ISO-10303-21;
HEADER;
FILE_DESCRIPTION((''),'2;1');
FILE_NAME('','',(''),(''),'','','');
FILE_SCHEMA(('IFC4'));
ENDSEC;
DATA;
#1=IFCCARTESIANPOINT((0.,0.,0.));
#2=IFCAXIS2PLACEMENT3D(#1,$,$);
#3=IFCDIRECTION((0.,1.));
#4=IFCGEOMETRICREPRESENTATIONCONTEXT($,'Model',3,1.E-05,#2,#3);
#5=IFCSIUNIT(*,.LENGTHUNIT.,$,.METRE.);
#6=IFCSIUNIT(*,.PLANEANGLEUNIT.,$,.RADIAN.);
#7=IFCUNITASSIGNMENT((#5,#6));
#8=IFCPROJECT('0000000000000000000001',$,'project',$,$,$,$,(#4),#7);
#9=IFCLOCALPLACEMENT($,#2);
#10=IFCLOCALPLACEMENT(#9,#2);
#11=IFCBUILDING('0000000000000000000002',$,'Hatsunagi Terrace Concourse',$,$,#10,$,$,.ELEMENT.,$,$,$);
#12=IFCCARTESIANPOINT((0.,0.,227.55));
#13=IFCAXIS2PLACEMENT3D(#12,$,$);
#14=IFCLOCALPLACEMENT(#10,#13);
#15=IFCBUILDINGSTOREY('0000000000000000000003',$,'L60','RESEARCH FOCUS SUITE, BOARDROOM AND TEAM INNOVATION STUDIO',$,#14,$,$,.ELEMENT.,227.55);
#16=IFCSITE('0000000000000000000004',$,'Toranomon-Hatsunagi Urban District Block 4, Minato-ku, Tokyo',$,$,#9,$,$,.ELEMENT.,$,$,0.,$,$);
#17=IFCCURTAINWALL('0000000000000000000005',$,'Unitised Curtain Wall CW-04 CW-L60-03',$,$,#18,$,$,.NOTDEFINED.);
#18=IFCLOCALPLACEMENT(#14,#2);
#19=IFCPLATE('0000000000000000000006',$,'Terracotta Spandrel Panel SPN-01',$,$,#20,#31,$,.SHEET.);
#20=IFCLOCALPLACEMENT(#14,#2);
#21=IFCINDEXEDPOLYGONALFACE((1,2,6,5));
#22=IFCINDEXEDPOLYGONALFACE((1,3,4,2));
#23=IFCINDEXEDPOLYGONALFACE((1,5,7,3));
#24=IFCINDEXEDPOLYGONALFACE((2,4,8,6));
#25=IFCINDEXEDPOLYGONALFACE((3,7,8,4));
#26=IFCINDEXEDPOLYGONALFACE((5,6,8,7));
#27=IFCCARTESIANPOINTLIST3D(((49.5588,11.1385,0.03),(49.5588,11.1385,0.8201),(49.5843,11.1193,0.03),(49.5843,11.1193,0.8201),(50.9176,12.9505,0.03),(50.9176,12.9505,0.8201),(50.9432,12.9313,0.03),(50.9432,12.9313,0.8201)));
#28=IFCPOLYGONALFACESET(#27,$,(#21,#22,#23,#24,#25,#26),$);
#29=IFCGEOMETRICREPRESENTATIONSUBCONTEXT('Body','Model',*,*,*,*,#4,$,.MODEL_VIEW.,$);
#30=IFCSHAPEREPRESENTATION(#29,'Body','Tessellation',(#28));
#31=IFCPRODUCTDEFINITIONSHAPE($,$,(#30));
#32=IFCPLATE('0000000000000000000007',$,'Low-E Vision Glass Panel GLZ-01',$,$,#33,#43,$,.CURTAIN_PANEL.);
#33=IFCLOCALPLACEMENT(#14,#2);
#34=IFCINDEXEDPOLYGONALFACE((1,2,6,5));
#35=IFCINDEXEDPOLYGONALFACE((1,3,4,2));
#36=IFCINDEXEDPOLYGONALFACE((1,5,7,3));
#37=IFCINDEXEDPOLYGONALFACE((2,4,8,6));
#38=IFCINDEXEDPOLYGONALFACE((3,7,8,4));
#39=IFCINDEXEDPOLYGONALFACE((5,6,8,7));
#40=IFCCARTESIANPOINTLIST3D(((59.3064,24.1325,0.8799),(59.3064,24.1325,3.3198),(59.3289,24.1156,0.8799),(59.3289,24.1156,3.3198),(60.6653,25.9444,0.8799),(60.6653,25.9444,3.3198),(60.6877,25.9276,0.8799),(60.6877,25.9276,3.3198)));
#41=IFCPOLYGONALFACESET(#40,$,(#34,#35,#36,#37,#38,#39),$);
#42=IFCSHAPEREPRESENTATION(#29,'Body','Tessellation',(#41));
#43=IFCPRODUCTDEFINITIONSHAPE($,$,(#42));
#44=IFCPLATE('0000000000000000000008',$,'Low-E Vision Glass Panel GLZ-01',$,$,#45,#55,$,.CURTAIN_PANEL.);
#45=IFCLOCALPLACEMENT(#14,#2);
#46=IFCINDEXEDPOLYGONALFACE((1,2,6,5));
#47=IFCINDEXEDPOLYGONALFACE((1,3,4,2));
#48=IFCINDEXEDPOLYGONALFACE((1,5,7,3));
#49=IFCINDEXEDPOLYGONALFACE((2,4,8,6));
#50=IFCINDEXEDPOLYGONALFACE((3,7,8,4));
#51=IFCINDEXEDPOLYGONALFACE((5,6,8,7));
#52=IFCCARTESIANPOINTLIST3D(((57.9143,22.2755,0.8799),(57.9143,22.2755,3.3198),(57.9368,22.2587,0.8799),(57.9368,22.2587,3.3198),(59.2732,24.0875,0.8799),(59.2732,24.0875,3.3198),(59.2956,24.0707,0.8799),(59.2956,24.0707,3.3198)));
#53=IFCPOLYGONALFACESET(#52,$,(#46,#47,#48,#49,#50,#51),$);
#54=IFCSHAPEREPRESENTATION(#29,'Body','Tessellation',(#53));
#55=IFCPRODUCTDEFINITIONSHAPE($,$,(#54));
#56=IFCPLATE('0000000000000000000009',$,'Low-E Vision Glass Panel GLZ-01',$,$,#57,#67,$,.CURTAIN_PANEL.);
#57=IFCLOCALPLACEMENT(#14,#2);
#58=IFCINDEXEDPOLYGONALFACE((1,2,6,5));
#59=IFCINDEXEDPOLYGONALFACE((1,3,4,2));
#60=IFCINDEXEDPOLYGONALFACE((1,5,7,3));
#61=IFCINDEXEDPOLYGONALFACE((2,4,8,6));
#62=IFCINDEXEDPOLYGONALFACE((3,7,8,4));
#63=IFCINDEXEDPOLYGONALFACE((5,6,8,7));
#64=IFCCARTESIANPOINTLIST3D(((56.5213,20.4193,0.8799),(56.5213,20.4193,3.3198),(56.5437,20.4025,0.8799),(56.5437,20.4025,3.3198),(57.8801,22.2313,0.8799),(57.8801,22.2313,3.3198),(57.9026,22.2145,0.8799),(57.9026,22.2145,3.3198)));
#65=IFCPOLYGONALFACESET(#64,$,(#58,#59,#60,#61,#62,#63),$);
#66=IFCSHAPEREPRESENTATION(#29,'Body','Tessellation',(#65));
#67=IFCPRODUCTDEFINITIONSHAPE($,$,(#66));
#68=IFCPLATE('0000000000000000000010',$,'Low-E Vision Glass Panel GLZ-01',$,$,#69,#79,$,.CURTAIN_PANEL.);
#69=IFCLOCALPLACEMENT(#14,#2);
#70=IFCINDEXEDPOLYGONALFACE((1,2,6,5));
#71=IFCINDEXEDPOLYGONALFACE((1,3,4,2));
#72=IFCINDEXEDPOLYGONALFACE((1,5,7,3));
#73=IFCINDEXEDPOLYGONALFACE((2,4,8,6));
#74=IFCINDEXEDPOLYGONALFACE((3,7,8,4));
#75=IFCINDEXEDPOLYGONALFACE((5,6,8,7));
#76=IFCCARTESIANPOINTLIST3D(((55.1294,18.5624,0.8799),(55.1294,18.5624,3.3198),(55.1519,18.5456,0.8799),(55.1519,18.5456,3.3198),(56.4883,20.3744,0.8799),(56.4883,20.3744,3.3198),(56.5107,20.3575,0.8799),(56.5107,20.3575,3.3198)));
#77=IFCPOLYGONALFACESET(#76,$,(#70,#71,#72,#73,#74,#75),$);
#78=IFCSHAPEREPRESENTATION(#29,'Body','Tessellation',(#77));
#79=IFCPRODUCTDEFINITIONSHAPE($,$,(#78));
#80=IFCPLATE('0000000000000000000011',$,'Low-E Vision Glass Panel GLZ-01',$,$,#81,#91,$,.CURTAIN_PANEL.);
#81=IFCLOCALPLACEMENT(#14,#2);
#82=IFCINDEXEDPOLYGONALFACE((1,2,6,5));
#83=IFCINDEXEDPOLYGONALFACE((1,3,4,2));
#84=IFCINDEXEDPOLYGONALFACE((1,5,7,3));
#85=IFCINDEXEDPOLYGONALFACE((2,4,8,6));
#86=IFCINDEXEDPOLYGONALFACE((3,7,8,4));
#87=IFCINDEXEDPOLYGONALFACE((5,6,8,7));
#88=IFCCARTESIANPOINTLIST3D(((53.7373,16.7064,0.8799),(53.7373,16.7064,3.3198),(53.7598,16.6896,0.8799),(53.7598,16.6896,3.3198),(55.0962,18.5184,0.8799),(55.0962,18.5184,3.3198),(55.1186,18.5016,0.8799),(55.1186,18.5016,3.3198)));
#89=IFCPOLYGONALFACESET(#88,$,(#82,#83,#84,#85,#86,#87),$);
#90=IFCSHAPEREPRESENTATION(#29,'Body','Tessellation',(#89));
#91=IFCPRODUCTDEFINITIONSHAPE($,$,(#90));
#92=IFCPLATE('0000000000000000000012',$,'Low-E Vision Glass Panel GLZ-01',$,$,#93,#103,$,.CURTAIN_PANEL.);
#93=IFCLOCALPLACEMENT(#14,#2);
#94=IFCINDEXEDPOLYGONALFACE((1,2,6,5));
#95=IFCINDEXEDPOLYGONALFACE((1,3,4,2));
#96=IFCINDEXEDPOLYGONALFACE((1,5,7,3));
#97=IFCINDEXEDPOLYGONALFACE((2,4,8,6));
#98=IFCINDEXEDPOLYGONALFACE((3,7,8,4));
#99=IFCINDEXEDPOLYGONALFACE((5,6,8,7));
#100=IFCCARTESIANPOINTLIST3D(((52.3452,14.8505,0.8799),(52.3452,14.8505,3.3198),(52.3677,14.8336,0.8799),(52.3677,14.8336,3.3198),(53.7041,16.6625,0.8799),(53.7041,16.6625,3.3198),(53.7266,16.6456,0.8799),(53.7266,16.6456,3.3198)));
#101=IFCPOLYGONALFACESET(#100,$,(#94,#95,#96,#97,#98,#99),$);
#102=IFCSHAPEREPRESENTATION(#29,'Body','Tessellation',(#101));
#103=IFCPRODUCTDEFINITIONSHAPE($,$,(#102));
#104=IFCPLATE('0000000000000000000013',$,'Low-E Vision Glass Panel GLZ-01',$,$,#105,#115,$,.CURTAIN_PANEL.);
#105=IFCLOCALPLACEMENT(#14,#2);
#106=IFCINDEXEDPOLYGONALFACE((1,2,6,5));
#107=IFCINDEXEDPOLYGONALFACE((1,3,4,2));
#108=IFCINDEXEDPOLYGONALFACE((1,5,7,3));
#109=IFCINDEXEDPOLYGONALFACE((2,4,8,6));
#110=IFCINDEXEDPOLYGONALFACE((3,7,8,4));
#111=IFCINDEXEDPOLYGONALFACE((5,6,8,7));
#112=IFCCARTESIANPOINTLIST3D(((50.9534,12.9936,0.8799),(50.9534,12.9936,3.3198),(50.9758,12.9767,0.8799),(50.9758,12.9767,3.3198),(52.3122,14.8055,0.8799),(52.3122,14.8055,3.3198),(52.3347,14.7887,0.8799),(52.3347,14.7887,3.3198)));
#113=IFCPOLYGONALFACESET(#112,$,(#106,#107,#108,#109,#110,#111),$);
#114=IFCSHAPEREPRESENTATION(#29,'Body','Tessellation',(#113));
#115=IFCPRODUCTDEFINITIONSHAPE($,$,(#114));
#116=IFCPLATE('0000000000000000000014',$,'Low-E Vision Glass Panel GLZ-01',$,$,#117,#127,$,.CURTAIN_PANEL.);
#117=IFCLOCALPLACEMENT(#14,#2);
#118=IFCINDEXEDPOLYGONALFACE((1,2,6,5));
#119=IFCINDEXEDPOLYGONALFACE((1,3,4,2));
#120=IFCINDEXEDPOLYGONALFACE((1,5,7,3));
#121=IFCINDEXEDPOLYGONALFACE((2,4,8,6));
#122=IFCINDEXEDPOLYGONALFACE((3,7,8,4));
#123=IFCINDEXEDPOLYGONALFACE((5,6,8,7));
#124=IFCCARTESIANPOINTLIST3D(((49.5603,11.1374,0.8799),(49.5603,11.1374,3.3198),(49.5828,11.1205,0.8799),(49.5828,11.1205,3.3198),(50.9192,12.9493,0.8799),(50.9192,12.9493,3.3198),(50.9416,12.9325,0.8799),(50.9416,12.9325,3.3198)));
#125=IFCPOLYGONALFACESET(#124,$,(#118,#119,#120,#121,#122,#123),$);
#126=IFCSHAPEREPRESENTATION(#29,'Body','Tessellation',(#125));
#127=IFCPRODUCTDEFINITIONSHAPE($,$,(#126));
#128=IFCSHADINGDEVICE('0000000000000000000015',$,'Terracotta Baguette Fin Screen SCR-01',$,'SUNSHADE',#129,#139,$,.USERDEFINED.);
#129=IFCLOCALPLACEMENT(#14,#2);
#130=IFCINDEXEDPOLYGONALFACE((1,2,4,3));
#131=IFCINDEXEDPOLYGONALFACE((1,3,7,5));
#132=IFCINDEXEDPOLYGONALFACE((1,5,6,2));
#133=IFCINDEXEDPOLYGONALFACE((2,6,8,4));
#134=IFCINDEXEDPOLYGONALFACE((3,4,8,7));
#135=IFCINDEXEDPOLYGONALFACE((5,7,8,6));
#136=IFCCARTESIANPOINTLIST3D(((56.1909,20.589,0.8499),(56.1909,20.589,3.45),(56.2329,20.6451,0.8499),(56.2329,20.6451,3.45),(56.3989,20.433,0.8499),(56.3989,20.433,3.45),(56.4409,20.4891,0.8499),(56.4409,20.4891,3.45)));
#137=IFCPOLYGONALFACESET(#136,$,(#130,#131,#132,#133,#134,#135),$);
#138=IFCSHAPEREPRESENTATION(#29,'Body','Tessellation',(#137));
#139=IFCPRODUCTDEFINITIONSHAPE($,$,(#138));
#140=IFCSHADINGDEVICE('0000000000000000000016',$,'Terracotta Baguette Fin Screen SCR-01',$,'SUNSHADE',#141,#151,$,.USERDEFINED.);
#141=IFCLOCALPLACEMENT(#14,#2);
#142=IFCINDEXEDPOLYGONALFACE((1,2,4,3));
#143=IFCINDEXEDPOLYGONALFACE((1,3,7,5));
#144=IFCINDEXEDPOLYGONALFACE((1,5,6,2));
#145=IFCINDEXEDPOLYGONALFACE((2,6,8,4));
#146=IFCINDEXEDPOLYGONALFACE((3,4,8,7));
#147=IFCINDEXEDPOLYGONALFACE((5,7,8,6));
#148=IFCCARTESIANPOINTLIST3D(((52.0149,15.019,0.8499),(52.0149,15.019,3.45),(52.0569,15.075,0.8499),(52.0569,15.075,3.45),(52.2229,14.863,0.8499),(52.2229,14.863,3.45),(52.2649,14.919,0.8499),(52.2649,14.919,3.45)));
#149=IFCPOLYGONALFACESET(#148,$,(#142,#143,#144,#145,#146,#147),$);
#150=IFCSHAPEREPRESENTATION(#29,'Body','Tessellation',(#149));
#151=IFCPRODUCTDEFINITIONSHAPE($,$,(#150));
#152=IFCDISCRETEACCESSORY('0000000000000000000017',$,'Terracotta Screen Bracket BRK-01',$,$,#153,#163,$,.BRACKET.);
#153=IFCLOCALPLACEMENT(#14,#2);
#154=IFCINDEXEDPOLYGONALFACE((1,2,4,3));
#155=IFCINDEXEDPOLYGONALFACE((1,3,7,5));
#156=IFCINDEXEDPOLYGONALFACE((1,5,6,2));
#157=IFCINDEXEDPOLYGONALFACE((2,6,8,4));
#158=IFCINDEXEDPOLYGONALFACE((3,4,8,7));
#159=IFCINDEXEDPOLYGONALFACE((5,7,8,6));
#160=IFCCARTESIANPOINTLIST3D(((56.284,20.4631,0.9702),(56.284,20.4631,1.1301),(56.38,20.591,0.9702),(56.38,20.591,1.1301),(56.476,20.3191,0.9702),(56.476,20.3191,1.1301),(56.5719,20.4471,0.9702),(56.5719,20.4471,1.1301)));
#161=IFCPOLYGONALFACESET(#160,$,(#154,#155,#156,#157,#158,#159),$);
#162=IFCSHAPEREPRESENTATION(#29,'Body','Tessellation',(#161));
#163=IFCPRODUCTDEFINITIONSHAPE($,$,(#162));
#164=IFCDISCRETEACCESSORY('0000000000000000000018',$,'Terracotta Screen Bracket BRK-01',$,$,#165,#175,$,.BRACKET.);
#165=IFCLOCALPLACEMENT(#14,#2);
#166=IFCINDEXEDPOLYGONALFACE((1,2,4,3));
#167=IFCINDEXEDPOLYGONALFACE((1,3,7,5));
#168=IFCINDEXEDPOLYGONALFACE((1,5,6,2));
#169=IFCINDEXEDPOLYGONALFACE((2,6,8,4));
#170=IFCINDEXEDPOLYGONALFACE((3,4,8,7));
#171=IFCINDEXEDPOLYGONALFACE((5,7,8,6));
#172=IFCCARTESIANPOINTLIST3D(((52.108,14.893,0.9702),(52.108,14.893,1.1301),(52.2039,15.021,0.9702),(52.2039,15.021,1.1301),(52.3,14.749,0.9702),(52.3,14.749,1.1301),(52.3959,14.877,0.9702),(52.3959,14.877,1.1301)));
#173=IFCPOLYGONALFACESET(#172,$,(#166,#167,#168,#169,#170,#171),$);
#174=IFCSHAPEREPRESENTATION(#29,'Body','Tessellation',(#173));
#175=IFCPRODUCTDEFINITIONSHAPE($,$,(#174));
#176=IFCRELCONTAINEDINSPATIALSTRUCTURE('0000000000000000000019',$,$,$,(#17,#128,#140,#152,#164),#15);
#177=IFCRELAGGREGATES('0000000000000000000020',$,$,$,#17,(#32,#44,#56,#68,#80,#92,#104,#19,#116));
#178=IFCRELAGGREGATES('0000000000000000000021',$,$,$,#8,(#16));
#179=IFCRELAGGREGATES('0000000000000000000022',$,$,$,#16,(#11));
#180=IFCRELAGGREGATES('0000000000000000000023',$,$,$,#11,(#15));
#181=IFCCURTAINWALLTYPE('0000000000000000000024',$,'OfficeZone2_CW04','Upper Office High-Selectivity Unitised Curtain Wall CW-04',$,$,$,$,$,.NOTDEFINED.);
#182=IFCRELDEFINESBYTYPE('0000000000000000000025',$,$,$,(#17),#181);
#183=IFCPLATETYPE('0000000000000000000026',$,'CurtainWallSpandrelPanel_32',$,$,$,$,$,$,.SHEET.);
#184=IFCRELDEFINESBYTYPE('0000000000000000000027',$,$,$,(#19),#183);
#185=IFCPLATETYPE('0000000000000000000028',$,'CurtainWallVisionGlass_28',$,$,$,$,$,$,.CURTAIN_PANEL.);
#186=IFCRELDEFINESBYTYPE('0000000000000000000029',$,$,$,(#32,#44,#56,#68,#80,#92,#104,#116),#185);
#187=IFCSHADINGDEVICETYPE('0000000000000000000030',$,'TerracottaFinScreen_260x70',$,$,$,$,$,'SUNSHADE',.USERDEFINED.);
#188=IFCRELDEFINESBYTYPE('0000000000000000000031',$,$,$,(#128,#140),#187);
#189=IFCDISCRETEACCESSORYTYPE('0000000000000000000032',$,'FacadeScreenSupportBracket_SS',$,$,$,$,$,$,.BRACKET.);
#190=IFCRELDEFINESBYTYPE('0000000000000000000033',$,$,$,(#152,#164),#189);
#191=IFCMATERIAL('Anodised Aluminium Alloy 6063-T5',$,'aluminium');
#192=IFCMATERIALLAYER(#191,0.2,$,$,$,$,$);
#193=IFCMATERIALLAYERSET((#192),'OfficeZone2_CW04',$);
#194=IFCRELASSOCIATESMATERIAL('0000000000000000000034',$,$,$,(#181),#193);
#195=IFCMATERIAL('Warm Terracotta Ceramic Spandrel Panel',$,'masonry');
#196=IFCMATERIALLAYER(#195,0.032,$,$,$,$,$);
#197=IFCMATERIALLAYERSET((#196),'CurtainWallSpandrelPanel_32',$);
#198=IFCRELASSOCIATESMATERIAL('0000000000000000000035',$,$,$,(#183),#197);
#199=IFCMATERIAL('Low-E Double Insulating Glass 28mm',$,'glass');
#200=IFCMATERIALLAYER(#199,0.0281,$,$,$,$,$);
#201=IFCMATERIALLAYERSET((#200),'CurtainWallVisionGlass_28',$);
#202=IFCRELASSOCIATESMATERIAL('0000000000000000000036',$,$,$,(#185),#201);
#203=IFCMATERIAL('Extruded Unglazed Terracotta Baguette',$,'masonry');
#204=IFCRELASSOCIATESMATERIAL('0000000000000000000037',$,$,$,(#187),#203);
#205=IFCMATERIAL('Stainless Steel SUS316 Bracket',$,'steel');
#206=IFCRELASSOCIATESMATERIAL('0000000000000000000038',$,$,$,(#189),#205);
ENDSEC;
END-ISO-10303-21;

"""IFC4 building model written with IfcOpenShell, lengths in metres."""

from ifc_helpers import new_model, si_unit, direction, frame, origin, origin_2d, place, context, subcontext, project, spatial, rectangle, extrude, material, layer, layer_set, type_object, element, aggregate, save


model = new_model("IFC4")

# Units and contexts
model_context = context("Model", 3, precision=1e-05, world=origin(), true_north=direction((0.0, 1.0)))
body_context = subcontext(model_context, "Body", "Model", "MODEL_VIEW")
ifc_project = project(units=[si_unit("LENGTHUNIT", "METRE"), si_unit("PLANEANGLEUNIT", "RADIAN")], contexts=[model_context])

# Site, building, storey
site_placement = place(None, origin())
site = spatial("IfcSite", under=ifc_project, at=site_placement, Name="Toranomon-Hatsunagi Urban District Block 4, Minato-ku, Tokyo", CompositionType="ELEMENT", RefElevation=0.0)
building_placement = place(site_placement, origin())
building = spatial("IfcBuilding", under=site, at=building_placement, Name="Hatsunagi Terrace Concourse", CompositionType="ELEMENT")
storey_placement = place(building_placement, frame((0.0, 0.0, 227.55)))
storey = spatial("IfcBuildingStorey", under=building, at=storey_placement, Name="L60", Description="RESEARCH FOCUS SUITE, BOARDROOM AND TEAM INNOVATION STUDIO", CompositionType="ELEMENT", Elevation=227.55)

# Curtain wall
ifc_material_1 = material(Name="Anodised Aluminium Alloy 6063-T5", Category="aluminium")
ifc_layer_1 = layer(ifc_material_1, 0.2)
ifc_layer_set_1 = layer_set([ifc_layer_1], Name="OfficeZone2_CW04")
curtain_wall_type = type_object("IfcCurtainWallType", Name="OfficeZone2_CW04", Description="Upper Office High-Selectivity Unitised Curtain Wall CW-04", PredefinedType="NOTDEFINED", material=ifc_layer_set_1)
curtain_wall_placement = place(storey_placement, origin())
curtain_wall = element("IfcCurtainWall", 1, at=curtain_wall_placement, inside=storey, type_object=curtain_wall_type, Name="Unitised Curtain Wall CW-04 CW-L60-03", PredefinedType="NOTDEFINED")

# Plates
ifc_material_2 = material(Name="Warm Terracotta Ceramic Spandrel Panel", Category="masonry")
ifc_layer_2 = layer(ifc_material_2, 0.032)
ifc_layer_set_2 = layer_set([ifc_layer_2], Name="CurtainWallSpandrelPanel_32")
plate_type_1 = type_object("IfcPlateType", Name="CurtainWallSpandrelPanel_32", PredefinedType="SHEET", material=ifc_layer_set_2)
plate_1_placement = place(storey_placement, frame((50.251, 12.0349, 0.03), z_axis=(0.0, 0.0, 1.0), x_axis=(-0.599969, -0.800023, 0.0)))
plate_1 = element("IfcPlate", 2, at=plate_1_placement, type_object=plate_type_1, Name="Terracotta Spandrel Panel SPN-01", PredefinedType="SHEET", context=body_context, shape_type="SweptSolid", body=[
    extrude(rectangle(XDim=2.2649, YDim=0.032, at=origin_2d()), origin(), (0.0, 0.0, 1.0), 0.79),
])
ifc_material_3 = material(Name="Low-E Double Insulating Glass 28mm", Category="glass")
ifc_layer_3 = layer(ifc_material_3, 0.0281)
ifc_layer_set_3 = layer_set([ifc_layer_3], Name="CurtainWallVisionGlass_28")
plate_type_2 = type_object("IfcPlateType", Name="CurtainWallVisionGlass_28", PredefinedType="CURTAIN_PANEL", material=ifc_layer_set_3)
plate_2_placement = place(storey_placement, frame((59.9971, 25.03, 0.8799), z_axis=(0.0, 0.0, 1.0), x_axis=(-0.599969, -0.800023, 0.0)))
plate_2 = element("IfcPlate", 3, at=plate_2_placement, type_object=plate_type_2, Name="Low-E Vision Glass Panel GLZ-01", PredefinedType="CURTAIN_PANEL", context=body_context, shape_type="SweptSolid", body=[
    extrude(rectangle(XDim=2.2649, YDim=0.0281, at=origin_2d()), origin(), (0.0, 0.0, 1.0), 2.4399),
])
plate_3_placement = place(storey_placement, frame((58.605, 23.1731, 0.8799), z_axis=(0.0, 0.0, 1.0), x_axis=(-0.599969, -0.800023, 0.0)))
plate_3 = element("IfcPlate", 4, at=plate_3_placement, type_object=plate_type_2, Name="Low-E Vision Glass Panel GLZ-01", PredefinedType="CURTAIN_PANEL", context=body_context, shape_type="SweptSolid", body=[
    extrude(rectangle(XDim=2.2649, YDim=0.0281, at=origin_2d()), origin(), (0.0, 0.0, 1.0), 2.4399),
])
plate_4_placement = place(storey_placement, frame((57.2119, 21.3169, 0.8799), z_axis=(0.0, 0.0, 1.0), x_axis=(-0.599969, -0.800023, 0.0)))
plate_4 = element("IfcPlate", 5, at=plate_4_placement, type_object=plate_type_2, Name="Low-E Vision Glass Panel GLZ-01", PredefinedType="CURTAIN_PANEL", context=body_context, shape_type="SweptSolid", body=[
    extrude(rectangle(XDim=2.2649, YDim=0.0281, at=origin_2d()), origin(), (0.0, 0.0, 1.0), 2.4399),
])
plate_5_placement = place(storey_placement, frame((55.8201, 19.46, 0.8799), z_axis=(0.0, 0.0, 1.0), x_axis=(-0.599969, -0.800023, 0.0)))
plate_5 = element("IfcPlate", 6, at=plate_5_placement, type_object=plate_type_2, Name="Low-E Vision Glass Panel GLZ-01", PredefinedType="CURTAIN_PANEL", context=body_context, shape_type="SweptSolid", body=[
    extrude(rectangle(XDim=2.2649, YDim=0.0281, at=origin_2d()), origin(), (0.0, 0.0, 1.0), 2.4399),
])
plate_6_placement = place(storey_placement, frame((54.428, 17.604, 0.8799), z_axis=(0.0, 0.0, 1.0), x_axis=(-0.599969, -0.800023, 0.0)))
plate_6 = element("IfcPlate", 7, at=plate_6_placement, type_object=plate_type_2, Name="Low-E Vision Glass Panel GLZ-01", PredefinedType="CURTAIN_PANEL", context=body_context, shape_type="SweptSolid", body=[
    extrude(rectangle(XDim=2.2649, YDim=0.0281, at=origin_2d()), origin(), (0.0, 0.0, 1.0), 2.4399),
])
plate_7_placement = place(storey_placement, frame((53.0359, 15.748, 0.8799), z_axis=(0.0, 0.0, 1.0), x_axis=(-0.599969, -0.800023, 0.0)))
plate_7 = element("IfcPlate", 8, at=plate_7_placement, type_object=plate_type_2, Name="Low-E Vision Glass Panel GLZ-01", PredefinedType="CURTAIN_PANEL", context=body_context, shape_type="SweptSolid", body=[
    extrude(rectangle(XDim=2.2649, YDim=0.0281, at=origin_2d()), origin(), (0.0, 0.0, 1.0), 2.4399),
])
plate_8_placement = place(storey_placement, frame((51.644, 13.8911, 0.8799), z_axis=(0.0, 0.0, 1.0), x_axis=(-0.599969, -0.800023, 0.0)))
plate_8 = element("IfcPlate", 9, at=plate_8_placement, type_object=plate_type_2, Name="Low-E Vision Glass Panel GLZ-01", PredefinedType="CURTAIN_PANEL", context=body_context, shape_type="SweptSolid", body=[
    extrude(rectangle(XDim=2.2649, YDim=0.0281, at=origin_2d()), origin(), (0.0, 0.0, 1.0), 2.4399),
])
plate_9_placement = place(storey_placement, frame((50.251, 12.0349, 0.8799), z_axis=(0.0, 0.0, 1.0), x_axis=(-0.599969, -0.800023, 0.0)))
plate_9 = element("IfcPlate", 10, at=plate_9_placement, type_object=plate_type_2, Name="Low-E Vision Glass Panel GLZ-01", PredefinedType="CURTAIN_PANEL", context=body_context, shape_type="SweptSolid", body=[
    extrude(rectangle(XDim=2.2649, YDim=0.0281, at=origin_2d()), origin(), (0.0, 0.0, 1.0), 2.4399),
])
aggregate(curtain_wall, [plate_2, plate_3, plate_4, plate_5, plate_6, plate_7, plate_8, plate_1, plate_9])

# Shading devices
ifc_material_4 = material(Name="Extruded Unglazed Terracotta Baguette", Category="masonry")
shading_device_type = type_object("IfcShadingDeviceType", Name="TerracottaFinScreen_260x70", ElementType="SUNSHADE", PredefinedType="USERDEFINED", material=ifc_material_4)
for number, where, z_axis, x_axis, name in (
    (11, (56.3159, 20.5391, 0.8499), (0.0, 0.0, 1.0), (-0.599969, -0.800023, 0.0), "Terracotta Baguette Fin Screen SCR-01"),
    (12, (52.1399, 14.969, 0.8499), (0.0, 0.0, 1.0), (-0.599969, -0.800023, 0.0), "Terracotta Baguette Fin Screen SCR-01"),
):
    element("IfcShadingDevice", number, at=place(storey_placement, frame(where, z_axis=z_axis, x_axis=x_axis)), inside=storey, type_object=shading_device_type, Name=name, ObjectType="SUNSHADE", PredefinedType="USERDEFINED", context=body_context, shape_type="SweptSolid", body=[
        extrude(rectangle(XDim=0.0701, YDim=0.26, at=origin_2d()), origin(), (0.0, 0.0, 1.0), 2.6001),
    ])

# Discrete accessories
ifc_material_5 = material(Name="Stainless Steel SUS316 Bracket", Category="steel")
discrete_accessory_type = type_object("IfcDiscreteAccessoryType", Name="FacadeScreenSupportBracket_SS", PredefinedType="BRACKET", material=ifc_material_5)
for number, where, z_axis, x_axis, name in (
    (13, (56.428, 20.4551, 0.9702), (0.0, 0.0, 1.0), (-0.599969, -0.800023, 0.0), "Terracotta Screen Bracket BRK-01"),
    (14, (52.252, 14.885, 0.9702), (0.0, 0.0, 1.0), (-0.599969, -0.800023, 0.0), "Terracotta Screen Bracket BRK-01"),
):
    element("IfcDiscreteAccessory", number, at=place(storey_placement, frame(where, z_axis=z_axis, x_axis=x_axis)), inside=storey, type_object=discrete_accessory_type, Name=name, PredefinedType="BRACKET", context=body_context, shape_type="SweptSolid", body=[
        extrude(rectangle(XDim=0.1599, YDim=0.24, at=origin_2d()), origin(), (0.0, 0.0, 1.0), 0.1599),
    ])

save(model, "model.ifc")
